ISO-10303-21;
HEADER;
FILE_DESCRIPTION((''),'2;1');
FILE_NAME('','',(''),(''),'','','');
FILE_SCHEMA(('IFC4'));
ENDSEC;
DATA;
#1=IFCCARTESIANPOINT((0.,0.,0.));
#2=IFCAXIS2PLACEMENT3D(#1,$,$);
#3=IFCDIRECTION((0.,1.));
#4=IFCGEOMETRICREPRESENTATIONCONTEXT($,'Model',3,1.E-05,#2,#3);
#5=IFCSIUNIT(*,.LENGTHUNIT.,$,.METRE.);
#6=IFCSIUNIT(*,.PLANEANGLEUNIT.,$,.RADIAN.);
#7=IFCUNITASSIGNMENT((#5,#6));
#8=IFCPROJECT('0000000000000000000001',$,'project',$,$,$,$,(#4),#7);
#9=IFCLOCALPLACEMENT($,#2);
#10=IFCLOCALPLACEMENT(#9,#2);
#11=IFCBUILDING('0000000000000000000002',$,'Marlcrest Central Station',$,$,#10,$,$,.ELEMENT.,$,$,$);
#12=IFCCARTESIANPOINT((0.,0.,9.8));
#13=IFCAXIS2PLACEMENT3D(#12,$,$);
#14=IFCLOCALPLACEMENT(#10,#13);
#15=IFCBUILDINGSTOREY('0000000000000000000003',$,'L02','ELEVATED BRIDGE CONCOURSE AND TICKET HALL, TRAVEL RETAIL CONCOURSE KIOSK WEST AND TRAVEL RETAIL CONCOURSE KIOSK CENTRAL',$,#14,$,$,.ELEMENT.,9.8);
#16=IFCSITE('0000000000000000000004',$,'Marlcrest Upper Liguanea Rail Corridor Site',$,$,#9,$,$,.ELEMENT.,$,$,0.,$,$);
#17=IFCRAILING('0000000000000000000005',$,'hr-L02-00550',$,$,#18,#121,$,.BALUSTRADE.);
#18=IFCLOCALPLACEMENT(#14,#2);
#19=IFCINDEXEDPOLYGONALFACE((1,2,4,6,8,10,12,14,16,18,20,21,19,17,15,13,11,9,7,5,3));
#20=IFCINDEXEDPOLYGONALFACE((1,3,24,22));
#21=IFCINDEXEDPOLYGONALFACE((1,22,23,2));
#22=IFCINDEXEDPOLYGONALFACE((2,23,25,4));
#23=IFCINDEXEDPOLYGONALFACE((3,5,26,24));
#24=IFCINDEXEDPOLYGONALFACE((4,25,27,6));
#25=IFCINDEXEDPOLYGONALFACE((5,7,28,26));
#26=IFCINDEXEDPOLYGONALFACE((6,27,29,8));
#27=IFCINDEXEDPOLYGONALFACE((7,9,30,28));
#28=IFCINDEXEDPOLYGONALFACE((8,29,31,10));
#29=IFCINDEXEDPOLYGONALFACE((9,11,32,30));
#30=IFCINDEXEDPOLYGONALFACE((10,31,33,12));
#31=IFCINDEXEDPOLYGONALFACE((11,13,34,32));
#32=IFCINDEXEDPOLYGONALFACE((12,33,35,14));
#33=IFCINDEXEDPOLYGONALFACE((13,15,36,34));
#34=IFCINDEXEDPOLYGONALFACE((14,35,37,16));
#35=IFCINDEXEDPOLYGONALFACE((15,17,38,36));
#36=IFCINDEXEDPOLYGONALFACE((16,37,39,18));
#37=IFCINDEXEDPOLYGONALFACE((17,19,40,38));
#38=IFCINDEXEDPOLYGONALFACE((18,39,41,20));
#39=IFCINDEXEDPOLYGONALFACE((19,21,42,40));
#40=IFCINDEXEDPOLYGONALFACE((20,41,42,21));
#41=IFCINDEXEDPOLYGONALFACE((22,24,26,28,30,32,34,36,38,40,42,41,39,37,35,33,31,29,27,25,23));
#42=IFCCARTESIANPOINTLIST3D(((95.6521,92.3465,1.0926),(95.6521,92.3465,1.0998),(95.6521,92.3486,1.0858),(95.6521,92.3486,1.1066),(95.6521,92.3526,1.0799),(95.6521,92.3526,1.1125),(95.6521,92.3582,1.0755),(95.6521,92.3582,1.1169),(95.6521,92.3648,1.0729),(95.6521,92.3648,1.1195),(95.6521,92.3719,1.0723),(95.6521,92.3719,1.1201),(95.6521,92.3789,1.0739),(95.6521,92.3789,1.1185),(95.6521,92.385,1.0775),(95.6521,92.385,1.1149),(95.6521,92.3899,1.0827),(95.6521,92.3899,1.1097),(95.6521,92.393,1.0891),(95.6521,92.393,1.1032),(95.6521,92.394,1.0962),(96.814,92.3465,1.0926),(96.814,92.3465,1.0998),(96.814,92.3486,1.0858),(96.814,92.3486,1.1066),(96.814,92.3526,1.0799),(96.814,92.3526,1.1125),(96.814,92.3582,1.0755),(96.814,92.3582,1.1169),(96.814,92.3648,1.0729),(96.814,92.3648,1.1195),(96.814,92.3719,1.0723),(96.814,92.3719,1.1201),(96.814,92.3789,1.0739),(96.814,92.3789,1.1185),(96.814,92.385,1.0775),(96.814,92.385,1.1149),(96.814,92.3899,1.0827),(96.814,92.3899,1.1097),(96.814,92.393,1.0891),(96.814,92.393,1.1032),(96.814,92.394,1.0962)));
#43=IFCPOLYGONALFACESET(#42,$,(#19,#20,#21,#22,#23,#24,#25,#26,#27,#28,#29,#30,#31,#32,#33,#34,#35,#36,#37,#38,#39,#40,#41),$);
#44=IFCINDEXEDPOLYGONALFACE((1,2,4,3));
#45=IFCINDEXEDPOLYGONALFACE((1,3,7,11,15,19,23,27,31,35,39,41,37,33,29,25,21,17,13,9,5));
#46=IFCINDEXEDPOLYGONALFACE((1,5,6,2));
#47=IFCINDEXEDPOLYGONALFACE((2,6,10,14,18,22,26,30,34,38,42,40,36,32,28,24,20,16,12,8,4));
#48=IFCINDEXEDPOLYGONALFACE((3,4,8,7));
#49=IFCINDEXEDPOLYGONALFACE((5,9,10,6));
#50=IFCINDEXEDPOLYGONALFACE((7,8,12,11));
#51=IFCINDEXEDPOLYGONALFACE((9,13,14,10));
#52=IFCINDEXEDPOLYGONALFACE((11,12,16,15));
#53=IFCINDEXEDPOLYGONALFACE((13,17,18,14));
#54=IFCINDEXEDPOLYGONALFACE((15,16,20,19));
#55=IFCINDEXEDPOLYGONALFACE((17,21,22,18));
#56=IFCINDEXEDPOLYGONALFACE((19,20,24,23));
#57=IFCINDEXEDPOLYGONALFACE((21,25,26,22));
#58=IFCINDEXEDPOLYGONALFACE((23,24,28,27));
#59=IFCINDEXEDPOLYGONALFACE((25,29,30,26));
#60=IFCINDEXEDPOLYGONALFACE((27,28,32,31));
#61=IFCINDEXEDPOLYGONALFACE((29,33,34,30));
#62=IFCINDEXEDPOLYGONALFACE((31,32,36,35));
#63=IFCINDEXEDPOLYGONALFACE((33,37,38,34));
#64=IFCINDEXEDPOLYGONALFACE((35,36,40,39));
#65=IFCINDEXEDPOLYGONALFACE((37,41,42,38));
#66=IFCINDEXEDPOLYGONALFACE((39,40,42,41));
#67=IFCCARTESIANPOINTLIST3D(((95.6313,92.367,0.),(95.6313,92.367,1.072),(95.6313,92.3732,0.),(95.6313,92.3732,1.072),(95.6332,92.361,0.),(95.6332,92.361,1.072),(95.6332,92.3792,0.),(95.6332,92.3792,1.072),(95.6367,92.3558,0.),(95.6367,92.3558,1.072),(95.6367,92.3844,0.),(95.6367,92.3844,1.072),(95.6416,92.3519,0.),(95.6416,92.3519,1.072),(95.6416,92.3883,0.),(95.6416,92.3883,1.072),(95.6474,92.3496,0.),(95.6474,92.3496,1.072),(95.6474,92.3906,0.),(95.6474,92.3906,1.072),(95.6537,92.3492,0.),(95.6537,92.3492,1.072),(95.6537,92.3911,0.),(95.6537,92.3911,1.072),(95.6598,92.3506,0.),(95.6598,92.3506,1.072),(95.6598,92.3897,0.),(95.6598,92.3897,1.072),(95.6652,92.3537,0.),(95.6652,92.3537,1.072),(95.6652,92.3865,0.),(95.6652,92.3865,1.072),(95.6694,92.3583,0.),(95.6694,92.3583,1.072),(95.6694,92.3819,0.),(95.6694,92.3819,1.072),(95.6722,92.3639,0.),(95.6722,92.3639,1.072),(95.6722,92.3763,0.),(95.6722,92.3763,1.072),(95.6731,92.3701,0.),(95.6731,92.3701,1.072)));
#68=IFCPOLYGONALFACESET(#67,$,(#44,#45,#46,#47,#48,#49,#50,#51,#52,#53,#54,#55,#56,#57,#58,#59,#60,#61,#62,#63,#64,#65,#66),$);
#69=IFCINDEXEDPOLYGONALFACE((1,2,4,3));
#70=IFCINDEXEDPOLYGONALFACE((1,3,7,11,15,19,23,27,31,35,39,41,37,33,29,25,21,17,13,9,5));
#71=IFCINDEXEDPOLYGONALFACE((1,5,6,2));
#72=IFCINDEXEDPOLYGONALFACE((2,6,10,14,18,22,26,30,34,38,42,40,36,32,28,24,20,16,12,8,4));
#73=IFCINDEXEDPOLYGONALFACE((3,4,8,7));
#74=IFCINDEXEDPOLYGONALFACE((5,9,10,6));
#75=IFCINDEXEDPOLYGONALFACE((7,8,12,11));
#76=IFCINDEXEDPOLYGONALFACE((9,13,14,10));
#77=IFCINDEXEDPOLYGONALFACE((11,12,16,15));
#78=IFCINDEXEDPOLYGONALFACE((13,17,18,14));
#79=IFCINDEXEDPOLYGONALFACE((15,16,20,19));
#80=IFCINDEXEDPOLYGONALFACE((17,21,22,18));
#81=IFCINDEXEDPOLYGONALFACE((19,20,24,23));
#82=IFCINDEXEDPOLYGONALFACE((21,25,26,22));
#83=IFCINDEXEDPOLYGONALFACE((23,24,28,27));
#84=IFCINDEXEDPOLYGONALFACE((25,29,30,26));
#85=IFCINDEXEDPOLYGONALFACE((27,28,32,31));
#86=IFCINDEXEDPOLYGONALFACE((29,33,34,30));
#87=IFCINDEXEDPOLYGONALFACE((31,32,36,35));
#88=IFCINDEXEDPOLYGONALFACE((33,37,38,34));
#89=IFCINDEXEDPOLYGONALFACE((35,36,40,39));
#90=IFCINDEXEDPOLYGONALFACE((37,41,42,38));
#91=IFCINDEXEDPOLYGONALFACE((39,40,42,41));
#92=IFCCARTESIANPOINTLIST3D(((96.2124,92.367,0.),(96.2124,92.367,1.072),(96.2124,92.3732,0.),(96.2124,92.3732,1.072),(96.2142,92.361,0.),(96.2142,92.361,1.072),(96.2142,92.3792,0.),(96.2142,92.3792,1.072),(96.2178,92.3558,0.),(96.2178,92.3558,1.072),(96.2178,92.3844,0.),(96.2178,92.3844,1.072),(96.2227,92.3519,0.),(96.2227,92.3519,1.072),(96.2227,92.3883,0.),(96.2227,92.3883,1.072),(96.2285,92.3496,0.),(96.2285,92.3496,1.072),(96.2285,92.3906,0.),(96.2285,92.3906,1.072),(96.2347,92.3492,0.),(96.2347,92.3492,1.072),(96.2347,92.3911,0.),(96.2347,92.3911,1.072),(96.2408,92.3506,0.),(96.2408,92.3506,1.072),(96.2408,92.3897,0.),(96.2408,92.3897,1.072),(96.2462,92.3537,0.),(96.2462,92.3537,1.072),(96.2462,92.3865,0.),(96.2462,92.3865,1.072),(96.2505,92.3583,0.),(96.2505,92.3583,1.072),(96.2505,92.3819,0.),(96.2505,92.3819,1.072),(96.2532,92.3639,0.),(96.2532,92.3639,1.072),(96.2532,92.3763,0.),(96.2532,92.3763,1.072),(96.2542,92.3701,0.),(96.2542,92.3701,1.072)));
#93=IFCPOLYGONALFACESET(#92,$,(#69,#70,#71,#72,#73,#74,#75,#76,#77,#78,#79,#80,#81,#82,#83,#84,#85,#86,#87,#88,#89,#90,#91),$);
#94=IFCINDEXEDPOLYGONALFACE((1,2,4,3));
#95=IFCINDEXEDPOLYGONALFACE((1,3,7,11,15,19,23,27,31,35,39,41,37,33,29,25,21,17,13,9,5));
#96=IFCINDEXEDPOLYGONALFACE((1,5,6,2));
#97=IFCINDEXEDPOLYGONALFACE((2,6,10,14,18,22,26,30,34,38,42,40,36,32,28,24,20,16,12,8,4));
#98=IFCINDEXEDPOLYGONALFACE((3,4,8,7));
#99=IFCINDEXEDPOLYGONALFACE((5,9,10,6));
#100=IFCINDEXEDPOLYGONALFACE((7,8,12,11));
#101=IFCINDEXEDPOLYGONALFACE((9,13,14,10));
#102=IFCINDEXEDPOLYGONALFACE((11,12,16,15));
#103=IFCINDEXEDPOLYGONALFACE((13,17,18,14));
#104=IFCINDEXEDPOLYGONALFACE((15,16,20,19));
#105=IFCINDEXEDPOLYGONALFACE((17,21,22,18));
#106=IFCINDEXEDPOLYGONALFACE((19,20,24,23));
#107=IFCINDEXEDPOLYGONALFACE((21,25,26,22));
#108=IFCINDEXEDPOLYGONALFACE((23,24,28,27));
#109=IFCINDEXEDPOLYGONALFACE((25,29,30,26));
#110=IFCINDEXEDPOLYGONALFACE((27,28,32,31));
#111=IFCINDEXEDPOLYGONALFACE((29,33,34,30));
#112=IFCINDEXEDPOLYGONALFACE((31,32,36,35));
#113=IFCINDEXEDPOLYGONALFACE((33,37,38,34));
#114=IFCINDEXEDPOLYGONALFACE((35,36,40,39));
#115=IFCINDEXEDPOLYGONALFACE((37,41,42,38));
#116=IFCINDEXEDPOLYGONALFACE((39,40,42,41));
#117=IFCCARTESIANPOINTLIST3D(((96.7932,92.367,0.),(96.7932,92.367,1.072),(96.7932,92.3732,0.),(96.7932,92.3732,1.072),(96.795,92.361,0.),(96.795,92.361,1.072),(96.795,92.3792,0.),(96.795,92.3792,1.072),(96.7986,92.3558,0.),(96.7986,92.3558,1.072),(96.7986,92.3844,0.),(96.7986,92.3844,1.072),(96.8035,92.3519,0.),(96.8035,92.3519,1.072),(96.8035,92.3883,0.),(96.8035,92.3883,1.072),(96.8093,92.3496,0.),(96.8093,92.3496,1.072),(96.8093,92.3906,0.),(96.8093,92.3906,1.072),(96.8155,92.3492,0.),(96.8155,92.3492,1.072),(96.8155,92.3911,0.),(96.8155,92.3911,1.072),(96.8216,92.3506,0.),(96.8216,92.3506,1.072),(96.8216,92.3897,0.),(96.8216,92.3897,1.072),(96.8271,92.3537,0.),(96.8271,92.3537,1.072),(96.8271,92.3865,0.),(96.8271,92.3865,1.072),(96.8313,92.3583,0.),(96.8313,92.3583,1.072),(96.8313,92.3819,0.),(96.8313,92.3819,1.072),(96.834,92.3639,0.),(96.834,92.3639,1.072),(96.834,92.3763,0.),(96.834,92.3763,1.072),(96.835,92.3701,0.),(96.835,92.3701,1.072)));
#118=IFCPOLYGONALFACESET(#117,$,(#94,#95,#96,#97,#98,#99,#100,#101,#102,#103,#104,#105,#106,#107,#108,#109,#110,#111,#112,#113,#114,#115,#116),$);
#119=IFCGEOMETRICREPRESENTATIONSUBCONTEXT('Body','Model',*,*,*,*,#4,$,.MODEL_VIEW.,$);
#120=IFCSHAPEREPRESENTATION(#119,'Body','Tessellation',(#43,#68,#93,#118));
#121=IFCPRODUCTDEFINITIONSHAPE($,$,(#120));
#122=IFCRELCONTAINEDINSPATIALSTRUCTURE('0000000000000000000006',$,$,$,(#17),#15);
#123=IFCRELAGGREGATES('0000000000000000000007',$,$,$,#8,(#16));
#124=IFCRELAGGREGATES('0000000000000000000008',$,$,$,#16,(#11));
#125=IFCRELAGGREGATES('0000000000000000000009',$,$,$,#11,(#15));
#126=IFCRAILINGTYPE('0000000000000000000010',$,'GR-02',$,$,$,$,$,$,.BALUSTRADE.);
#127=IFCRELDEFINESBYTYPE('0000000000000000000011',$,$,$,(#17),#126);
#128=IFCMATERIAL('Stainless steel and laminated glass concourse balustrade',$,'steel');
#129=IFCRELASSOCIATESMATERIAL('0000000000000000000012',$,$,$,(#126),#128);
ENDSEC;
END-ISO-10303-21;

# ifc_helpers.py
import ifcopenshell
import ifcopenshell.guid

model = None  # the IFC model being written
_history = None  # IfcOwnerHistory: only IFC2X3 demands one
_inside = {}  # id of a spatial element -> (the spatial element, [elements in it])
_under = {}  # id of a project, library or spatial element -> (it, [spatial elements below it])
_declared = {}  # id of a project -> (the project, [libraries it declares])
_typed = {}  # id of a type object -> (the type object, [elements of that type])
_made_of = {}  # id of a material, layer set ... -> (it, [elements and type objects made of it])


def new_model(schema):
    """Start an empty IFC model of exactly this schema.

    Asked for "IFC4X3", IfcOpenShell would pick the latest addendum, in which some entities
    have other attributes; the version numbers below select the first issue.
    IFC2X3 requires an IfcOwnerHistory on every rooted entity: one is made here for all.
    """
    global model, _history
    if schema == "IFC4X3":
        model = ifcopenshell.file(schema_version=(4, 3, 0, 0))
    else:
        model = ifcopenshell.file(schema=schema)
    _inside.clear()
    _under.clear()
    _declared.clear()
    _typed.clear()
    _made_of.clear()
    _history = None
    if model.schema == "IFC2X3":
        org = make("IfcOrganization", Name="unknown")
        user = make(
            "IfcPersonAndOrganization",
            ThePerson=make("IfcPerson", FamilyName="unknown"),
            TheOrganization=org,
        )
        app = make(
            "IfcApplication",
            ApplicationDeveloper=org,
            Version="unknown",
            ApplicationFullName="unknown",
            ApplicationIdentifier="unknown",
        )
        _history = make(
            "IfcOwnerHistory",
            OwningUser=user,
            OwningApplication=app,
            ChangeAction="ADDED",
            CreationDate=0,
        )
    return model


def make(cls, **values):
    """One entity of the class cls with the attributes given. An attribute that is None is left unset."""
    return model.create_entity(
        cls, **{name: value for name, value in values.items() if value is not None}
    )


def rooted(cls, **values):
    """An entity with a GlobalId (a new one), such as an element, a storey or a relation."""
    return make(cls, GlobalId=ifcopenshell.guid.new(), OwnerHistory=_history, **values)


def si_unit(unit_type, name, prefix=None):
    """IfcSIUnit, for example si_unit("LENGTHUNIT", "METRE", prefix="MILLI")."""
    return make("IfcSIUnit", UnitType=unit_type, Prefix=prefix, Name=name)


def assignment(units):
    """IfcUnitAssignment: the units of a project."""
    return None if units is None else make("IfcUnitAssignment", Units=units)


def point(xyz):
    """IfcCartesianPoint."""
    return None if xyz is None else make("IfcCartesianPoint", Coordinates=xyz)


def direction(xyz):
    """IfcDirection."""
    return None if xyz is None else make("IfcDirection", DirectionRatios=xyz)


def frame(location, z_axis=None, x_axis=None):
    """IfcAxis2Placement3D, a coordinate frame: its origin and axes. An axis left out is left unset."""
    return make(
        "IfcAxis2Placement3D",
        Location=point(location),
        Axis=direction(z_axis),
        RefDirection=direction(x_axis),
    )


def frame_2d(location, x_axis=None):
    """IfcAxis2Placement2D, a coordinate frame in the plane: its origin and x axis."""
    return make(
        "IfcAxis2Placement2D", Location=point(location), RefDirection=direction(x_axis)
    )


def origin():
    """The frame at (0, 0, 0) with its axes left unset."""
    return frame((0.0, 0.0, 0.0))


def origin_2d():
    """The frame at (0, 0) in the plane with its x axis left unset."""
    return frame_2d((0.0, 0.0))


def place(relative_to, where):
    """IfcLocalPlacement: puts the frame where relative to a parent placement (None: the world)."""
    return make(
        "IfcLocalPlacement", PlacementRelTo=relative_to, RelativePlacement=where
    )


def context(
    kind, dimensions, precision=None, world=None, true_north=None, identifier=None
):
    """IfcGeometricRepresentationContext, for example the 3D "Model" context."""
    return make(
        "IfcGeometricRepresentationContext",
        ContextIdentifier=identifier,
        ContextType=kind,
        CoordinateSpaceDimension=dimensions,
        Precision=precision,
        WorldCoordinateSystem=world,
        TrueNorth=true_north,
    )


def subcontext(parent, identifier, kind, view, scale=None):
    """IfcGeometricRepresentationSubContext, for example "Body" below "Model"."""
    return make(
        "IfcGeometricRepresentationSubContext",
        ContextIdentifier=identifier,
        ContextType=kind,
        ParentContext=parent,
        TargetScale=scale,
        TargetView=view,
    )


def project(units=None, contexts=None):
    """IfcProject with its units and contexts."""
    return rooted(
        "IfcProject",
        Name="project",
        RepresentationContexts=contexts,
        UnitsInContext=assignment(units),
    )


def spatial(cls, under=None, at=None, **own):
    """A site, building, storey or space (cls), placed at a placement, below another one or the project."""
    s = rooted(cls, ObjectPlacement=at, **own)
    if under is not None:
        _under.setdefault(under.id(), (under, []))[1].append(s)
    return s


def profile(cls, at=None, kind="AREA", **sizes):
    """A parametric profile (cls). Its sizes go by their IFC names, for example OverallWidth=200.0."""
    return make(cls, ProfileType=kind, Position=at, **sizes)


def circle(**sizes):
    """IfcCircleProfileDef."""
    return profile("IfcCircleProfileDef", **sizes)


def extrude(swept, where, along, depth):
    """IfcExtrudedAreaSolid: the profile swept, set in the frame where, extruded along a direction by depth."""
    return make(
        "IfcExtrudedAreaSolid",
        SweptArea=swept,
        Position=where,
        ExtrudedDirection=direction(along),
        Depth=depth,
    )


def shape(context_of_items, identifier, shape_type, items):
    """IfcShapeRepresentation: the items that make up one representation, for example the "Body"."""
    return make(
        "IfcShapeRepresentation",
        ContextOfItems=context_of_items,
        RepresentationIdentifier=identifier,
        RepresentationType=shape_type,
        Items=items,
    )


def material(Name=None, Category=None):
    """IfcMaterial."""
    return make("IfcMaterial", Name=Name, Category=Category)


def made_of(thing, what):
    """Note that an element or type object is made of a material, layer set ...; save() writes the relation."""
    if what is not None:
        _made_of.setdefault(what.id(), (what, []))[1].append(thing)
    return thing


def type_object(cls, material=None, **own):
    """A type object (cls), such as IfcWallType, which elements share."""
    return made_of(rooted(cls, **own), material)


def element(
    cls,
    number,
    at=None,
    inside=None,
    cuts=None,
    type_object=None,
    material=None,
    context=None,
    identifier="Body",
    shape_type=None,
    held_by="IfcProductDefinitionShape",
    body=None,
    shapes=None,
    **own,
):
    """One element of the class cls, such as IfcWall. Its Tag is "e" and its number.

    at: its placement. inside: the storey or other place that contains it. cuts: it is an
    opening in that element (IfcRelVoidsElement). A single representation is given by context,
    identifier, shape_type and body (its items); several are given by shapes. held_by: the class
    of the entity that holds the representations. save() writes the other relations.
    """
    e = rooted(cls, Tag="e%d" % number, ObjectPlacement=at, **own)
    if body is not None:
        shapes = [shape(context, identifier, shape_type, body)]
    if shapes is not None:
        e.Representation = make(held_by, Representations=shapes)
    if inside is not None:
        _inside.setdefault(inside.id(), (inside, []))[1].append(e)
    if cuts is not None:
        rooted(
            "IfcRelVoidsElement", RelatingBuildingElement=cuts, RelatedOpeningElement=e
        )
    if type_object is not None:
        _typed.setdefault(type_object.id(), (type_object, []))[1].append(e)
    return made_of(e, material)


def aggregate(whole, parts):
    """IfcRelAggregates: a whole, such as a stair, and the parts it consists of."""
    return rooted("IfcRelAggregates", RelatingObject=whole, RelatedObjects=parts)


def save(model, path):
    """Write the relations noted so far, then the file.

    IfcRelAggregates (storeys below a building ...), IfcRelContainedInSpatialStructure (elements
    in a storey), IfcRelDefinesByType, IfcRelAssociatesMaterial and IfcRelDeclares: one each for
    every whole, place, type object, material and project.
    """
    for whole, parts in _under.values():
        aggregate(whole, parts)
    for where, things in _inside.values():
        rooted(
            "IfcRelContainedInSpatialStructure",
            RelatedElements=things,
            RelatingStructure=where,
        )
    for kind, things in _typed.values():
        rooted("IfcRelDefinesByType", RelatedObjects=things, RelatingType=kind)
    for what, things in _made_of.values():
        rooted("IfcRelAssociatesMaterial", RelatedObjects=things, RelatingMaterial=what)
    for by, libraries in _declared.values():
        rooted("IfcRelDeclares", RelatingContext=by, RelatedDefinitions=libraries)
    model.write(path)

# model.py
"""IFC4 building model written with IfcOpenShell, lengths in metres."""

from ifc_helpers import new_model, si_unit, direction, frame, origin, origin_2d, place, context, subcontext, project, spatial, circle, extrude, material, type_object, element, save


model = new_model("IFC4")

# Units and contexts
model_context = context("Model", 3, precision=1e-05, world=origin(), true_north=direction((0.0, 1.0)))
body_context = subcontext(model_context, "Body", "Model", "MODEL_VIEW")
ifc_project = project(units=[si_unit("LENGTHUNIT", "METRE"), si_unit("PLANEANGLEUNIT", "RADIAN")], contexts=[model_context])

# Site, building, storey
site_placement = place(None, origin())
site = spatial("IfcSite", under=ifc_project, at=site_placement, Name="Marlcrest Upper Liguanea Rail Corridor Site", CompositionType="ELEMENT", RefElevation=0.0)
building_placement = place(site_placement, origin())
building = spatial("IfcBuilding", under=site, at=building_placement, Name="Marlcrest Central Station", CompositionType="ELEMENT")
storey_placement = place(building_placement, frame((0.0, 0.0, 9.8)))
storey = spatial("IfcBuildingStorey", under=building, at=storey_placement, Name="L02", Description="ELEVATED BRIDGE CONCOURSE AND TICKET HALL, TRAVEL RETAIL CONCOURSE KIOSK WEST AND TRAVEL RETAIL CONCOURSE KIOSK CENTRAL", CompositionType="ELEMENT", Elevation=9.8)

# Railing
ifc_material_1 = material(Name="Stainless steel and laminated glass concourse balustrade", Category="steel")
railing_type = type_object("IfcRailingType", Name="GR-02", PredefinedType="BALUSTRADE", material=ifc_material_1)
railing_1_placement = place(storey_placement, frame((95.6521, 92.3701, 0.0)))
element("IfcRailing", 1, at=railing_1_placement, inside=storey, type_object=railing_type, Name="hr-L02-00550", PredefinedType="BALUSTRADE", context=body_context, shape_type="SweptSolid", body=[
    extrude(circle(Radius=0.0239, at=origin_2d()), frame((0.0, 0.0, 1.0962), z_axis=(1.0, 0.0, 0.0), x_axis=(0.0, 1.0, 0.0)), (0.0, 0.0, 1.0), 1.1619),
    extrude(circle(Radius=0.021, at=origin_2d()), origin(), (0.0, 0.0, 1.0), 1.072),
    extrude(circle(Radius=0.021, at=origin_2d()), frame((0.5811, 0.0, 0.0)), (0.0, 0.0, 1.0), 1.072),
    extrude(circle(Radius=0.021, at=origin_2d()), frame((1.1619, 0.0, 0.0)), (0.0, 0.0, 1.0), 1.072),
])

save(model, "model.ifc")
